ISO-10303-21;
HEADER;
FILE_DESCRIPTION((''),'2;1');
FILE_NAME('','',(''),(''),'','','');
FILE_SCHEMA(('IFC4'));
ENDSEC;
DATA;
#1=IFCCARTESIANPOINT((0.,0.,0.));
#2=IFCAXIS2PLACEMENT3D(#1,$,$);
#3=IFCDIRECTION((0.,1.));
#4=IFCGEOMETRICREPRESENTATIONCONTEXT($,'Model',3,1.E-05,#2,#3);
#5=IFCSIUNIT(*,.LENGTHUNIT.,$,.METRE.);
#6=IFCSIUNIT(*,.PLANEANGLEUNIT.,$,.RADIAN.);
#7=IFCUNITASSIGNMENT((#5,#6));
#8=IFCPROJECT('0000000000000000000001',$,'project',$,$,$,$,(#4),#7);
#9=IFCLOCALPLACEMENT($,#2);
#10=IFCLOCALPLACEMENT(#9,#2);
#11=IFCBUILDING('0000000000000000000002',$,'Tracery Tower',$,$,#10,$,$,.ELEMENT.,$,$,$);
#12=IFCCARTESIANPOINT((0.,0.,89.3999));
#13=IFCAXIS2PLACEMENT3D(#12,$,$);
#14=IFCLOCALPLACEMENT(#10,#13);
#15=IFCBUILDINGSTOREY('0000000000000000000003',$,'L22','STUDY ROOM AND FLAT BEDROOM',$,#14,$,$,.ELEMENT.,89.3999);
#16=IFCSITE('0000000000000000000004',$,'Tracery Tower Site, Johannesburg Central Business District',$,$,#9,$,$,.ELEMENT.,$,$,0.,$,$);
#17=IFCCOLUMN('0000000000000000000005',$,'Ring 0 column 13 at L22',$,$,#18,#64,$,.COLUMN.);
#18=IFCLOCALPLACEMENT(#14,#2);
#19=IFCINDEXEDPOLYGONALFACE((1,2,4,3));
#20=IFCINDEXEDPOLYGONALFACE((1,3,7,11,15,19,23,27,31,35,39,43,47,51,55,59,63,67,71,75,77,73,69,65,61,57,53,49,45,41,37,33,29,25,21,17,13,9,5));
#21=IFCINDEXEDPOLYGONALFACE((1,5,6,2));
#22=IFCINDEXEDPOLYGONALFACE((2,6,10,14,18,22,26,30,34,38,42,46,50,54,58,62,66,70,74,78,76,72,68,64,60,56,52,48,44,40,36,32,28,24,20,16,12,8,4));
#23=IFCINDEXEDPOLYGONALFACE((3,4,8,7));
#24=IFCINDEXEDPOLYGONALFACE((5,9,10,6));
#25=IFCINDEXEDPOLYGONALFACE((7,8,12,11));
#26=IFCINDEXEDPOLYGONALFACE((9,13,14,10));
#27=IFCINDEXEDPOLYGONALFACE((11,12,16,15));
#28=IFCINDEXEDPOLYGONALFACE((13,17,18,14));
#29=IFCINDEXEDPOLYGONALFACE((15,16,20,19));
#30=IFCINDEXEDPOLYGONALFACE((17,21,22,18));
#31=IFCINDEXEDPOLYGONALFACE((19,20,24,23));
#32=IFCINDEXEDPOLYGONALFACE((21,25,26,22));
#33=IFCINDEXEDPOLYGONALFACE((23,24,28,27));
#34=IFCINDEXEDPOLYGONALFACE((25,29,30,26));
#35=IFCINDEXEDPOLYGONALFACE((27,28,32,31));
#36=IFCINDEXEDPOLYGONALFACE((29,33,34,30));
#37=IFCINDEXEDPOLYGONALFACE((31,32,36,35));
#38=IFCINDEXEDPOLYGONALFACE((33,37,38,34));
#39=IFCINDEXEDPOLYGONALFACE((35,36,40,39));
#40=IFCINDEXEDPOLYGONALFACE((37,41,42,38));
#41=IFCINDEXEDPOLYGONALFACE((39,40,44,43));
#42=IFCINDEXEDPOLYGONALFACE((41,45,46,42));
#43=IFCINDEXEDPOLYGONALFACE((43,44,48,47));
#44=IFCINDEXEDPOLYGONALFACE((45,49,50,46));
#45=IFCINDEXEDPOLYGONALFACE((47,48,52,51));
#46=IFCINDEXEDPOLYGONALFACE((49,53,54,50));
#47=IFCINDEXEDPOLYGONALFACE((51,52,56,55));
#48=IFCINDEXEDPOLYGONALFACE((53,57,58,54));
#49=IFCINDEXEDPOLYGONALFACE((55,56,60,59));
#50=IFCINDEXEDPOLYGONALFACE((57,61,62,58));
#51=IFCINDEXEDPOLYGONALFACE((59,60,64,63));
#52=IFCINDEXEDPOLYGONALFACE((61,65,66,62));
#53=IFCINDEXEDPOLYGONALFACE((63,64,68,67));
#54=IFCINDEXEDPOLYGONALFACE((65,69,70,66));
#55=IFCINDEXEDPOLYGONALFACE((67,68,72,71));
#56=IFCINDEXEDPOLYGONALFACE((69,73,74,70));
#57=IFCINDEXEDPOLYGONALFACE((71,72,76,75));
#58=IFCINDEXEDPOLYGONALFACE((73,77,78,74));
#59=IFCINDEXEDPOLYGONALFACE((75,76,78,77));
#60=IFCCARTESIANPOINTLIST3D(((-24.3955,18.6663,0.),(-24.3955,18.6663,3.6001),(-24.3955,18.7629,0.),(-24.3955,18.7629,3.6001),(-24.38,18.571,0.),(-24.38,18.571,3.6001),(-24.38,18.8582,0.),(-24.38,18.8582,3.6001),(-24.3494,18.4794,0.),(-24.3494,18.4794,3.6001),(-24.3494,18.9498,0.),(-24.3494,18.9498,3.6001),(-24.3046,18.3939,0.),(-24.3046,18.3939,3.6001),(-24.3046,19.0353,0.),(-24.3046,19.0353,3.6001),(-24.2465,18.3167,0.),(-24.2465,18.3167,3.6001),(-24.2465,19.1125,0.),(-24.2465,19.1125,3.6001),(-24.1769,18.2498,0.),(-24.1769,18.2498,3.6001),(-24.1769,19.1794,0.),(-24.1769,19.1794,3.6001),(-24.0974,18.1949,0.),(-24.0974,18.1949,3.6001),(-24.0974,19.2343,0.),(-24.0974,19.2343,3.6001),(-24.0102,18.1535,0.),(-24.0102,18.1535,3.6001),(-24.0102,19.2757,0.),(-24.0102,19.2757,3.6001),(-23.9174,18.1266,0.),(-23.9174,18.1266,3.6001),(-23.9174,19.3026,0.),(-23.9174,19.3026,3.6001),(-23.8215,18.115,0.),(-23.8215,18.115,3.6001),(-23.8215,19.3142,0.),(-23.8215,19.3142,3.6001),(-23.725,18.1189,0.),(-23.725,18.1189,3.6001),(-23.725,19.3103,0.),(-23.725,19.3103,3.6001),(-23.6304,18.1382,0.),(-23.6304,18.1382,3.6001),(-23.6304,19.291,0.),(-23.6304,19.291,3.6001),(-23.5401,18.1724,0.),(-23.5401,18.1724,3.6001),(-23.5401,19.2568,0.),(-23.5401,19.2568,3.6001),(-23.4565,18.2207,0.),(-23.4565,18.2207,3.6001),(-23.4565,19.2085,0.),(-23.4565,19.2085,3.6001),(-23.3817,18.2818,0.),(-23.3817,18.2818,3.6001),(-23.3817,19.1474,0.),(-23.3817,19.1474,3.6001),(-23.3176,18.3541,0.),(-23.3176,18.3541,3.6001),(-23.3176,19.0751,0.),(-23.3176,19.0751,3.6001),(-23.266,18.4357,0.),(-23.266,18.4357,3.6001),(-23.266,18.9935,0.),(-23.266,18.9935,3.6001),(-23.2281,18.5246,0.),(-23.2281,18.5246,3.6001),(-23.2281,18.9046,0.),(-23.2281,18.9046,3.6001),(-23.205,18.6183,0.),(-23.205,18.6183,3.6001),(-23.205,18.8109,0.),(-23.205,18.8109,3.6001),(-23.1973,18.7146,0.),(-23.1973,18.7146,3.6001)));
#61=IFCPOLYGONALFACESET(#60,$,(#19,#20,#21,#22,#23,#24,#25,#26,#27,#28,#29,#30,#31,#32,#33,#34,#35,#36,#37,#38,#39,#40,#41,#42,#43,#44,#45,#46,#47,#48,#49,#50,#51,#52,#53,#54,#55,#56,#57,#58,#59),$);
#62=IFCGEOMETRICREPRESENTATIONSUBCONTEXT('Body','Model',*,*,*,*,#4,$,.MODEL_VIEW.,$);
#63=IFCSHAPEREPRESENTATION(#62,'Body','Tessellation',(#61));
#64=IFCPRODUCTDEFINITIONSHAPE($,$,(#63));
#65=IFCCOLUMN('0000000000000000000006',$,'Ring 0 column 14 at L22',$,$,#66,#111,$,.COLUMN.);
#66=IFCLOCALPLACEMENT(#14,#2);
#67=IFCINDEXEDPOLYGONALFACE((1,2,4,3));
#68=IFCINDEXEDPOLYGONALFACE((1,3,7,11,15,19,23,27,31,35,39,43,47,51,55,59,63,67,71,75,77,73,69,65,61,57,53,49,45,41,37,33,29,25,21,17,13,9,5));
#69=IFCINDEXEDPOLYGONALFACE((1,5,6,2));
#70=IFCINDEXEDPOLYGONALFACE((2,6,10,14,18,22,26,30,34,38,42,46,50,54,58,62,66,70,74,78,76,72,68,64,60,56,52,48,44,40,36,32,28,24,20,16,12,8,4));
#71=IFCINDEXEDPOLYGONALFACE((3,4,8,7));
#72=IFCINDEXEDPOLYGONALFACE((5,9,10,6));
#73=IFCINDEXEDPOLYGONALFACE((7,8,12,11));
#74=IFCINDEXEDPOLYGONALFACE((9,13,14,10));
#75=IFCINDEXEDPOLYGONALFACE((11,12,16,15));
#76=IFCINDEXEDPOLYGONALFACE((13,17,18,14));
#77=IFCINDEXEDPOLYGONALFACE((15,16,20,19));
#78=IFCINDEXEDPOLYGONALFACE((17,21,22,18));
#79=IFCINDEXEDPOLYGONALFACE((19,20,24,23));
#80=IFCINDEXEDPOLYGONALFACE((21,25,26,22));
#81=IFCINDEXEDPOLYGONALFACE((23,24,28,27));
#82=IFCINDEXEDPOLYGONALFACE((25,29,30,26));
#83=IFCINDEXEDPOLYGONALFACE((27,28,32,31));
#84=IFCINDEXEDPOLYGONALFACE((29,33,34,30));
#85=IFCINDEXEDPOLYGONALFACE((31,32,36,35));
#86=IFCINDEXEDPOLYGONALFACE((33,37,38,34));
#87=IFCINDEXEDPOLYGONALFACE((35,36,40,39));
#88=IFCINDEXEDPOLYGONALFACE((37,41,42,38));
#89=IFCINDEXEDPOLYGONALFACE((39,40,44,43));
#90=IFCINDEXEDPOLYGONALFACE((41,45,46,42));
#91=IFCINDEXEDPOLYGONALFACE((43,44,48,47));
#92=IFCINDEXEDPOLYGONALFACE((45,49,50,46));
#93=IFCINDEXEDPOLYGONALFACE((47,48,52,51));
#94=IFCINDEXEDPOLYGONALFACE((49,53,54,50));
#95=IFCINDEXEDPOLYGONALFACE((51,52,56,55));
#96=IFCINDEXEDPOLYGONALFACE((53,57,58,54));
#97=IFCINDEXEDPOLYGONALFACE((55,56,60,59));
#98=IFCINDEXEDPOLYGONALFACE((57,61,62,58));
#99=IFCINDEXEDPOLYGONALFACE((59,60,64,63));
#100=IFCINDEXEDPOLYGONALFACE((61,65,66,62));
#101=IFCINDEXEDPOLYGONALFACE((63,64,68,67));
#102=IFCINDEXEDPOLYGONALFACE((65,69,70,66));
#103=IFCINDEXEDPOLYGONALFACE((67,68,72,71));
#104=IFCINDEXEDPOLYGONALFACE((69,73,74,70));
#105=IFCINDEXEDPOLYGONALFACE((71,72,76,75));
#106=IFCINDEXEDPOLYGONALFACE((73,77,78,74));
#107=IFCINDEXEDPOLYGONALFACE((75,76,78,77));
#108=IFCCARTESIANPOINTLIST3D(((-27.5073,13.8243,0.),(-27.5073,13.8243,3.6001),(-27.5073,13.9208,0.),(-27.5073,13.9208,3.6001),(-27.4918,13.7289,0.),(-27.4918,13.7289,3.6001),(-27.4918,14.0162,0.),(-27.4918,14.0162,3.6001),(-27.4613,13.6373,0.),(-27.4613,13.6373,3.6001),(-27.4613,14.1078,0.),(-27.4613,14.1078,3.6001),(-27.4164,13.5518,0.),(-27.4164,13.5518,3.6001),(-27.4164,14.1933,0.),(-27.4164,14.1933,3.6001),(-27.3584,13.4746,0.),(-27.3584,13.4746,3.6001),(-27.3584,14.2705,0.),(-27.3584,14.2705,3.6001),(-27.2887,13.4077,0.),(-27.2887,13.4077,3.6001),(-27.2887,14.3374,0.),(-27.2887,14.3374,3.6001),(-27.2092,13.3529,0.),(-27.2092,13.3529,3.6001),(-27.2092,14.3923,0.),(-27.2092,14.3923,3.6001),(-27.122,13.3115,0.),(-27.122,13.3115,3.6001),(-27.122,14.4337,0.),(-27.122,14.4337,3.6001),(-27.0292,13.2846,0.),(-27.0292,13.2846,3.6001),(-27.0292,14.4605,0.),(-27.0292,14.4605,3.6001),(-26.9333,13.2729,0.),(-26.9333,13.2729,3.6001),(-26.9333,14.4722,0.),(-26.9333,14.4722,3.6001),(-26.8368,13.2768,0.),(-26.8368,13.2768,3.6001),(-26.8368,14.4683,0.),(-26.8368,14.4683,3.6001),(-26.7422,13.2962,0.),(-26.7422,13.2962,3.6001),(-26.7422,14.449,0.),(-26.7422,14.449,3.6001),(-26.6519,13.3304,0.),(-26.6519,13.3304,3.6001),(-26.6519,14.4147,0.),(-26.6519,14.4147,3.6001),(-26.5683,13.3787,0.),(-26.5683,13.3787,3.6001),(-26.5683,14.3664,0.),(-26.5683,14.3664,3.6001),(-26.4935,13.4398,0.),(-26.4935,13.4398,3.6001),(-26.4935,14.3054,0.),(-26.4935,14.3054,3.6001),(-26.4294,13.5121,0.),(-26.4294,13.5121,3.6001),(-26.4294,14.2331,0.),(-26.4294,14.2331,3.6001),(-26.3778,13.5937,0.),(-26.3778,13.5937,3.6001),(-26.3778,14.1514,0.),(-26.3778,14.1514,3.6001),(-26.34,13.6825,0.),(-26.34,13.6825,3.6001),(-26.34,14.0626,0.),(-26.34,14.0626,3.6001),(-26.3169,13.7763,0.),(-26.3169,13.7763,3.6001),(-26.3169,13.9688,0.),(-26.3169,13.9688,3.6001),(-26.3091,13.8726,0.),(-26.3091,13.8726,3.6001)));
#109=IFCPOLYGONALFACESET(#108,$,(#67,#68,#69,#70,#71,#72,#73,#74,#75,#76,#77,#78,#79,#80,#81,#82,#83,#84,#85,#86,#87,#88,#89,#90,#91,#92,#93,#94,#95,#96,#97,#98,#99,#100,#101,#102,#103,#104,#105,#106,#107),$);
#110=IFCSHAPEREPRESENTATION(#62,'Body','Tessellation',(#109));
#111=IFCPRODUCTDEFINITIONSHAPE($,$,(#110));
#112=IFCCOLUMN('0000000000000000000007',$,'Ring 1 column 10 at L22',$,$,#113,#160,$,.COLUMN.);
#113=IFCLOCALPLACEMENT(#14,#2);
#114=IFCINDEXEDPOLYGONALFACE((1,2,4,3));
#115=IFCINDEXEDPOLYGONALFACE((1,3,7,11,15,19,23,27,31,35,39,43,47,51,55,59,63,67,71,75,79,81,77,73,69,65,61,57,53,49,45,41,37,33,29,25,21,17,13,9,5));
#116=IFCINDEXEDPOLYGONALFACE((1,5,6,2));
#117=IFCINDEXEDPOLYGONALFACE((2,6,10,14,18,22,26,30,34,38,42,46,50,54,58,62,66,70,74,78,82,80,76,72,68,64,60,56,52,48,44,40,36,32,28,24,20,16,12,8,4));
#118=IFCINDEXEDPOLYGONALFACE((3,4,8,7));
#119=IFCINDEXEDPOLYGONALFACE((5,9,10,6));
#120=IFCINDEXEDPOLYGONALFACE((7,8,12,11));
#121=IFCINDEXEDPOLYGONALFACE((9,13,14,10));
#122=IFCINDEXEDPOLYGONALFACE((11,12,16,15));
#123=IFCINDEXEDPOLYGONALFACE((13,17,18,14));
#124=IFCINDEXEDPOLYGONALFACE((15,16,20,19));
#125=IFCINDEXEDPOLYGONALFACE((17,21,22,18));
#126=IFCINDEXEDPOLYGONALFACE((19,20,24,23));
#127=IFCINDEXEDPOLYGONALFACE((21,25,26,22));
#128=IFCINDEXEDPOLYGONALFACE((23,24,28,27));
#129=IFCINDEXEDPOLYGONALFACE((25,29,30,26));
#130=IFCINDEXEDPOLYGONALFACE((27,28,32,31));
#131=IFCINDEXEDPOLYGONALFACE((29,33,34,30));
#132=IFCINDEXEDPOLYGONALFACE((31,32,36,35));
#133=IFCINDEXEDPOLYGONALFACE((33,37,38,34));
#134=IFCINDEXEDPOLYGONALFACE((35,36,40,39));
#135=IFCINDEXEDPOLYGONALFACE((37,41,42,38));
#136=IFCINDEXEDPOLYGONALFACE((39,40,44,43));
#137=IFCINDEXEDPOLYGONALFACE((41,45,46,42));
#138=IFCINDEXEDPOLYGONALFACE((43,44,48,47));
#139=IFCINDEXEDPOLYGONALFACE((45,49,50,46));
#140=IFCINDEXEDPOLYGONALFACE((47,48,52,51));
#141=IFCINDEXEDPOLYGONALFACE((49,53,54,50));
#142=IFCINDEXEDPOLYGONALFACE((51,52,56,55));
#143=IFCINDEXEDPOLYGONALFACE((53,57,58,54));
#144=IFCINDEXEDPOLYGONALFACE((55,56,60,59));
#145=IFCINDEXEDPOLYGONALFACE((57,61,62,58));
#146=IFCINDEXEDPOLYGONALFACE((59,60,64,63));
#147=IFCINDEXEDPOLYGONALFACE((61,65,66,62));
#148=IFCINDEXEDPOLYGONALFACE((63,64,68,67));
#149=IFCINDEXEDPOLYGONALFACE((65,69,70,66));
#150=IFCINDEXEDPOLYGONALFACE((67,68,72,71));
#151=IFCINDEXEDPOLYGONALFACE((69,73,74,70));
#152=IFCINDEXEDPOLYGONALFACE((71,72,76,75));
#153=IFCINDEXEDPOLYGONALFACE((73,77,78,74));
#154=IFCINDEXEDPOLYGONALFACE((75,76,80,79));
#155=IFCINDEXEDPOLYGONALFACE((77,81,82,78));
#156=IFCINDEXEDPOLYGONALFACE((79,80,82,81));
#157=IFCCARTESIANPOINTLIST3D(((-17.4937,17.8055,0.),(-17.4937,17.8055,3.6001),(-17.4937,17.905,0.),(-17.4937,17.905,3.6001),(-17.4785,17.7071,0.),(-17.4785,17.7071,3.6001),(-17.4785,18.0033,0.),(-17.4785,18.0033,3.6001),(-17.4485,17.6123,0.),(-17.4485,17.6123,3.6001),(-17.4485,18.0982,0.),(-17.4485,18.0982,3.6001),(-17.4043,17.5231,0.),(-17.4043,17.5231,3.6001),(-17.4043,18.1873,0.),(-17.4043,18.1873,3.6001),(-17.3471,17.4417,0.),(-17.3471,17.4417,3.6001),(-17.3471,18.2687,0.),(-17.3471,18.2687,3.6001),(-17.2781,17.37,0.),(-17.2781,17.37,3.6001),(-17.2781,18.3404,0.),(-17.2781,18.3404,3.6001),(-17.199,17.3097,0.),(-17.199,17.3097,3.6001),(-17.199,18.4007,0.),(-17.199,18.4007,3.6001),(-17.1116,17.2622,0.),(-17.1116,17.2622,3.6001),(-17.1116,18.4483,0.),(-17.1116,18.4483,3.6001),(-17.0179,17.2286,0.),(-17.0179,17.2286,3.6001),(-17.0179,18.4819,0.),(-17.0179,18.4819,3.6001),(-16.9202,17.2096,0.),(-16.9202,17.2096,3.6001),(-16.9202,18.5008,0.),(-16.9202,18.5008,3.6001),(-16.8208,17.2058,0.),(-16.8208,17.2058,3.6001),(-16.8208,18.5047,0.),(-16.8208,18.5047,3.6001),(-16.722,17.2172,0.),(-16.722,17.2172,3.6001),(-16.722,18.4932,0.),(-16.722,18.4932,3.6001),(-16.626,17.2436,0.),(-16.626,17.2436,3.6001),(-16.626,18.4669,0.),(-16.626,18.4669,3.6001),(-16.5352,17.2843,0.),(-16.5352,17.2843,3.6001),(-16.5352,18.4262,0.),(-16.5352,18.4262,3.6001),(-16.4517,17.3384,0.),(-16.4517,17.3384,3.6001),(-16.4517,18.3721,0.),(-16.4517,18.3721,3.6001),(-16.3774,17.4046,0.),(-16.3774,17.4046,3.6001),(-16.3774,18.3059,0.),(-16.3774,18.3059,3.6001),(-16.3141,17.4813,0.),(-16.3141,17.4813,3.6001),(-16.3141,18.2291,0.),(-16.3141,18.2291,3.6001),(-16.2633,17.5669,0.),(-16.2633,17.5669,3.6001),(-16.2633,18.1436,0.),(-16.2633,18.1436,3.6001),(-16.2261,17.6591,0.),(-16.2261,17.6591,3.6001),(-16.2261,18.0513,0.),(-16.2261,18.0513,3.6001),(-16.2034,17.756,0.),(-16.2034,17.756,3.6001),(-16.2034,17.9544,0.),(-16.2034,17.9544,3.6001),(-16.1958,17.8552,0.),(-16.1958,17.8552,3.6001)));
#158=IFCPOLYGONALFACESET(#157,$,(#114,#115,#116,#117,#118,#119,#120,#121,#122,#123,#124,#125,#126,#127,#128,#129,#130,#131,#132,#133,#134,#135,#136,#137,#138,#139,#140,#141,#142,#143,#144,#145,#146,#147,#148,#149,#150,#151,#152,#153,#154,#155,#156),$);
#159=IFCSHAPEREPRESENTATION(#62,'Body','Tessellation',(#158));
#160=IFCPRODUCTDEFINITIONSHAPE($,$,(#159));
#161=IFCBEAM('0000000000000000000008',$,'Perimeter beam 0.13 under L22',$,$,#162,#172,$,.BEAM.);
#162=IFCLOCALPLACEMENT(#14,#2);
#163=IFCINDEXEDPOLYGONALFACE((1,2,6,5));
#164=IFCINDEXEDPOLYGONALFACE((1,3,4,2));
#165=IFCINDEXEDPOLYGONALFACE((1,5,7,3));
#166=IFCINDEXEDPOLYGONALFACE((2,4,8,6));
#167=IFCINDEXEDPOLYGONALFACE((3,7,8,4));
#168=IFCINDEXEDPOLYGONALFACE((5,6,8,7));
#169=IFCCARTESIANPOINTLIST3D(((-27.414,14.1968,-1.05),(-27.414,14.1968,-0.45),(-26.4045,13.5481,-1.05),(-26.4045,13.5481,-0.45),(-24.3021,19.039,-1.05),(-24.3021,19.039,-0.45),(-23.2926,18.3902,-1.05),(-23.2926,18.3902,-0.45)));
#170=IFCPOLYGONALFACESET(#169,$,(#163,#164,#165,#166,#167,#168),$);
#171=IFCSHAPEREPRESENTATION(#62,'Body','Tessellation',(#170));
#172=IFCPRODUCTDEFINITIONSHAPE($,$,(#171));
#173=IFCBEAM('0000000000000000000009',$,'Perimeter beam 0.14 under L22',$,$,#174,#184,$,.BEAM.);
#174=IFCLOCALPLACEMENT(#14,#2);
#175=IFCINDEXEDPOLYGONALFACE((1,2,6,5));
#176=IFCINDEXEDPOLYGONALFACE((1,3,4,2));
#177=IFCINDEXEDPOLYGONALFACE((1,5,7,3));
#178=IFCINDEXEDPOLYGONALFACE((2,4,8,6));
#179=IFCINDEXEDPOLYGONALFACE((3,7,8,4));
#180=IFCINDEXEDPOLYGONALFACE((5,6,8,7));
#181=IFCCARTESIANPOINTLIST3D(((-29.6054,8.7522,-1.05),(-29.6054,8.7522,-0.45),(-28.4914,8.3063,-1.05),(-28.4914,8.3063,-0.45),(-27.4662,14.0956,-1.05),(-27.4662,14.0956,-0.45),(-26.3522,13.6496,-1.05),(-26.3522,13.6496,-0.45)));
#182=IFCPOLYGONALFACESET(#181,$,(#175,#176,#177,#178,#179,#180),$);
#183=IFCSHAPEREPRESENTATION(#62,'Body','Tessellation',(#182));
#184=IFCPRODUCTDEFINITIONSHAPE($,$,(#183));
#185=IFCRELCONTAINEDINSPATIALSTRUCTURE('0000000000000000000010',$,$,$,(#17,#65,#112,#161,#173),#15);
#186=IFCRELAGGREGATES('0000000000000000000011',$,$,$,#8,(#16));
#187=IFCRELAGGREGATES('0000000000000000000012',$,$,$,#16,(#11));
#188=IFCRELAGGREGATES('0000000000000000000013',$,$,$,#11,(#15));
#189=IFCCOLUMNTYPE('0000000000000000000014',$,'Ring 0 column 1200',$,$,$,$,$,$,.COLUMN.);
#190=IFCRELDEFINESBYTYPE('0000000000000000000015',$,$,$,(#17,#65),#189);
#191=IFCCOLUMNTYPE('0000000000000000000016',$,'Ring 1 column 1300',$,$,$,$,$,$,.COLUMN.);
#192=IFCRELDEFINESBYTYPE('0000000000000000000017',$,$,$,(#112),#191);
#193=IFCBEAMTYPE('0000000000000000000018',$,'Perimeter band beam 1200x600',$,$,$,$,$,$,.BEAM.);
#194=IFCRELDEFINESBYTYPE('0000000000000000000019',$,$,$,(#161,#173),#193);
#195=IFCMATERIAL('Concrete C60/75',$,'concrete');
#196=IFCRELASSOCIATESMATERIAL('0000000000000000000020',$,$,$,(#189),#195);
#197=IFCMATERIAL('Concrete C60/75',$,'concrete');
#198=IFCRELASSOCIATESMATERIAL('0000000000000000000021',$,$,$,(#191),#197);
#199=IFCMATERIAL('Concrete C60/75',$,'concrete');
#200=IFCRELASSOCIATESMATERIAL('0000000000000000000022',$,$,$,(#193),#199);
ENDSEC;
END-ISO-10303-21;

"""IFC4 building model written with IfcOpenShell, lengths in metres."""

from ifc_helpers import new_model, si_unit, direction, frame, origin, origin_2d, place, context, subcontext, project, spatial, rectangle, circle, extrude, material, material_profile, profile_set, type_object, element, save


model = new_model("IFC4")

# Units and contexts
model_context = context("Model", 3, precision=1e-05, world=origin(), true_north=direction((0.0, 1.0)))
body_context = subcontext(model_context, "Body", "Model", "MODEL_VIEW")
ifc_project = project(units=[si_unit("LENGTHUNIT", "METRE"), si_unit("PLANEANGLEUNIT", "RADIAN")], contexts=[model_context])

# Site, building, storey
site_placement = place(None, origin())
site = spatial("IfcSite", under=ifc_project, at=site_placement, Name="Tracery Tower Site, Johannesburg Central Business District", CompositionType="ELEMENT", RefElevation=0.0)
building_placement = place(site_placement, origin())
building = spatial("IfcBuilding", under=site, at=building_placement, Name="Tracery Tower", CompositionType="ELEMENT")
storey_placement = place(building_placement, frame((0.0, 0.0, 89.3999)))
storey = spatial("IfcBuildingStorey", under=building, at=storey_placement, Name="L22", Description="STUDY ROOM AND FLAT BEDROOM", CompositionType="ELEMENT", Elevation=89.3999)

# Columns
ifc_material_1 = material(Name="Concrete C60/75", Category="concrete")
ifc_material_profile_1 = material_profile(ifc_material_1, circle(Radius=0.6001, at=origin_2d()), Name="RC D1200")
ifc_profile_set_1 = profile_set([ifc_material_profile_1], Name="Concrete C60/75")
column_type_1 = type_object("IfcColumnType", Name="Ring 0 column 1200", PredefinedType="COLUMN", material=ifc_profile_set_1)
for number, where, z_axis, x_axis, name in (
    (1, (-23.7974, 18.7146, 0.0), (0.0, 0.0, 1.0), (1.0, 0.0, 0.0), "Ring 0 column 13 at L22"),
    (2, (-26.9092, 13.8726, 0.0), (0.0, 0.0, 1.0), (1.0, 0.0, 0.0), "Ring 0 column 14 at L22"),
):
    element("IfcColumn", number, at=place(storey_placement, frame(where, z_axis=z_axis, x_axis=x_axis)), inside=storey, type_object=column_type_1, Name=name, PredefinedType="COLUMN", context=body_context, shape_type="SweptSolid", body=[
        extrude(circle(Radius=0.6001, at=origin_2d()), origin(), (0.0, 0.0, 1.0), 3.6001),
    ])
ifc_material_2 = material(Name="Concrete C60/75", Category="concrete")
ifc_material_profile_2 = material_profile(ifc_material_2, circle(Radius=0.6499, at=origin_2d()), Name="RC D1300")
ifc_profile_set_2 = profile_set([ifc_material_profile_2], Name="Concrete C60/75")
column_type_2 = type_object("IfcColumnType", Name="Ring 1 column 1300", PredefinedType="COLUMN", material=ifc_profile_set_2)
column_placement = place(storey_placement, frame((-16.8457, 17.8552, 0.0), z_axis=(0.0, 0.0, 1.0), x_axis=(1.0, 0.0, 0.0)))
element("IfcColumn", 3, at=column_placement, inside=storey, type_object=column_type_2, Name="Ring 1 column 10 at L22", PredefinedType="COLUMN", context=body_context, shape_type="SweptSolid", body=[
    extrude(circle(Radius=0.6499, at=origin_2d()), origin(), (0.0, 0.0, 1.0), 3.6001),
])

# Beams
ifc_material_3 = material(Name="Concrete C60/75", Category="concrete")
ifc_material_profile_3 = material_profile(ifc_material_3, rectangle(XDim=1.2, YDim=0.6001, at=origin_2d()), Name="RC 1200x600")
ifc_profile_set_3 = profile_set([ifc_material_profile_3], Name="Concrete C60/75")
beam_type = type_object("IfcBeamType", Name="Perimeter band beam 1200x600", PredefinedType="BEAM", material=ifc_profile_set_3)
beam_1_placement = place(storey_placement, frame((-23.7974, 18.7146, -0.75), z_axis=(-0.540644, -0.841252, 0.0), x_axis=(0.841252, -0.540644, 0.0)))
element("IfcBeam", 4, at=beam_1_placement, inside=storey, type_object=beam_type, Name="Perimeter beam 0.13 under L22", PredefinedType="BEAM", context=body_context, shape_type="SweptSolid", body=[
    extrude(rectangle(XDim=1.2, YDim=0.6001, at=origin_2d()), origin(), (0.0, 0.0, 1.0), 5.7559),
])
beam_2_placement = place(storey_placement, frame((-26.9092, 13.8726, -0.75), z_axis=(-0.371669, -0.928365, 0.0), x_axis=(0.928365, -0.371669, 0.0)))
element("IfcBeam", 5, at=beam_2_placement, inside=storey, type_object=beam_type, Name="Perimeter beam 0.14 under L22", PredefinedType="BEAM", context=body_context, shape_type="SweptSolid", body=[
    extrude(rectangle(XDim=1.2, YDim=0.6001, at=origin_2d()), origin(), (0.0, 0.0, 1.0), 5.7556),
])

save(model, "model.ifc")
